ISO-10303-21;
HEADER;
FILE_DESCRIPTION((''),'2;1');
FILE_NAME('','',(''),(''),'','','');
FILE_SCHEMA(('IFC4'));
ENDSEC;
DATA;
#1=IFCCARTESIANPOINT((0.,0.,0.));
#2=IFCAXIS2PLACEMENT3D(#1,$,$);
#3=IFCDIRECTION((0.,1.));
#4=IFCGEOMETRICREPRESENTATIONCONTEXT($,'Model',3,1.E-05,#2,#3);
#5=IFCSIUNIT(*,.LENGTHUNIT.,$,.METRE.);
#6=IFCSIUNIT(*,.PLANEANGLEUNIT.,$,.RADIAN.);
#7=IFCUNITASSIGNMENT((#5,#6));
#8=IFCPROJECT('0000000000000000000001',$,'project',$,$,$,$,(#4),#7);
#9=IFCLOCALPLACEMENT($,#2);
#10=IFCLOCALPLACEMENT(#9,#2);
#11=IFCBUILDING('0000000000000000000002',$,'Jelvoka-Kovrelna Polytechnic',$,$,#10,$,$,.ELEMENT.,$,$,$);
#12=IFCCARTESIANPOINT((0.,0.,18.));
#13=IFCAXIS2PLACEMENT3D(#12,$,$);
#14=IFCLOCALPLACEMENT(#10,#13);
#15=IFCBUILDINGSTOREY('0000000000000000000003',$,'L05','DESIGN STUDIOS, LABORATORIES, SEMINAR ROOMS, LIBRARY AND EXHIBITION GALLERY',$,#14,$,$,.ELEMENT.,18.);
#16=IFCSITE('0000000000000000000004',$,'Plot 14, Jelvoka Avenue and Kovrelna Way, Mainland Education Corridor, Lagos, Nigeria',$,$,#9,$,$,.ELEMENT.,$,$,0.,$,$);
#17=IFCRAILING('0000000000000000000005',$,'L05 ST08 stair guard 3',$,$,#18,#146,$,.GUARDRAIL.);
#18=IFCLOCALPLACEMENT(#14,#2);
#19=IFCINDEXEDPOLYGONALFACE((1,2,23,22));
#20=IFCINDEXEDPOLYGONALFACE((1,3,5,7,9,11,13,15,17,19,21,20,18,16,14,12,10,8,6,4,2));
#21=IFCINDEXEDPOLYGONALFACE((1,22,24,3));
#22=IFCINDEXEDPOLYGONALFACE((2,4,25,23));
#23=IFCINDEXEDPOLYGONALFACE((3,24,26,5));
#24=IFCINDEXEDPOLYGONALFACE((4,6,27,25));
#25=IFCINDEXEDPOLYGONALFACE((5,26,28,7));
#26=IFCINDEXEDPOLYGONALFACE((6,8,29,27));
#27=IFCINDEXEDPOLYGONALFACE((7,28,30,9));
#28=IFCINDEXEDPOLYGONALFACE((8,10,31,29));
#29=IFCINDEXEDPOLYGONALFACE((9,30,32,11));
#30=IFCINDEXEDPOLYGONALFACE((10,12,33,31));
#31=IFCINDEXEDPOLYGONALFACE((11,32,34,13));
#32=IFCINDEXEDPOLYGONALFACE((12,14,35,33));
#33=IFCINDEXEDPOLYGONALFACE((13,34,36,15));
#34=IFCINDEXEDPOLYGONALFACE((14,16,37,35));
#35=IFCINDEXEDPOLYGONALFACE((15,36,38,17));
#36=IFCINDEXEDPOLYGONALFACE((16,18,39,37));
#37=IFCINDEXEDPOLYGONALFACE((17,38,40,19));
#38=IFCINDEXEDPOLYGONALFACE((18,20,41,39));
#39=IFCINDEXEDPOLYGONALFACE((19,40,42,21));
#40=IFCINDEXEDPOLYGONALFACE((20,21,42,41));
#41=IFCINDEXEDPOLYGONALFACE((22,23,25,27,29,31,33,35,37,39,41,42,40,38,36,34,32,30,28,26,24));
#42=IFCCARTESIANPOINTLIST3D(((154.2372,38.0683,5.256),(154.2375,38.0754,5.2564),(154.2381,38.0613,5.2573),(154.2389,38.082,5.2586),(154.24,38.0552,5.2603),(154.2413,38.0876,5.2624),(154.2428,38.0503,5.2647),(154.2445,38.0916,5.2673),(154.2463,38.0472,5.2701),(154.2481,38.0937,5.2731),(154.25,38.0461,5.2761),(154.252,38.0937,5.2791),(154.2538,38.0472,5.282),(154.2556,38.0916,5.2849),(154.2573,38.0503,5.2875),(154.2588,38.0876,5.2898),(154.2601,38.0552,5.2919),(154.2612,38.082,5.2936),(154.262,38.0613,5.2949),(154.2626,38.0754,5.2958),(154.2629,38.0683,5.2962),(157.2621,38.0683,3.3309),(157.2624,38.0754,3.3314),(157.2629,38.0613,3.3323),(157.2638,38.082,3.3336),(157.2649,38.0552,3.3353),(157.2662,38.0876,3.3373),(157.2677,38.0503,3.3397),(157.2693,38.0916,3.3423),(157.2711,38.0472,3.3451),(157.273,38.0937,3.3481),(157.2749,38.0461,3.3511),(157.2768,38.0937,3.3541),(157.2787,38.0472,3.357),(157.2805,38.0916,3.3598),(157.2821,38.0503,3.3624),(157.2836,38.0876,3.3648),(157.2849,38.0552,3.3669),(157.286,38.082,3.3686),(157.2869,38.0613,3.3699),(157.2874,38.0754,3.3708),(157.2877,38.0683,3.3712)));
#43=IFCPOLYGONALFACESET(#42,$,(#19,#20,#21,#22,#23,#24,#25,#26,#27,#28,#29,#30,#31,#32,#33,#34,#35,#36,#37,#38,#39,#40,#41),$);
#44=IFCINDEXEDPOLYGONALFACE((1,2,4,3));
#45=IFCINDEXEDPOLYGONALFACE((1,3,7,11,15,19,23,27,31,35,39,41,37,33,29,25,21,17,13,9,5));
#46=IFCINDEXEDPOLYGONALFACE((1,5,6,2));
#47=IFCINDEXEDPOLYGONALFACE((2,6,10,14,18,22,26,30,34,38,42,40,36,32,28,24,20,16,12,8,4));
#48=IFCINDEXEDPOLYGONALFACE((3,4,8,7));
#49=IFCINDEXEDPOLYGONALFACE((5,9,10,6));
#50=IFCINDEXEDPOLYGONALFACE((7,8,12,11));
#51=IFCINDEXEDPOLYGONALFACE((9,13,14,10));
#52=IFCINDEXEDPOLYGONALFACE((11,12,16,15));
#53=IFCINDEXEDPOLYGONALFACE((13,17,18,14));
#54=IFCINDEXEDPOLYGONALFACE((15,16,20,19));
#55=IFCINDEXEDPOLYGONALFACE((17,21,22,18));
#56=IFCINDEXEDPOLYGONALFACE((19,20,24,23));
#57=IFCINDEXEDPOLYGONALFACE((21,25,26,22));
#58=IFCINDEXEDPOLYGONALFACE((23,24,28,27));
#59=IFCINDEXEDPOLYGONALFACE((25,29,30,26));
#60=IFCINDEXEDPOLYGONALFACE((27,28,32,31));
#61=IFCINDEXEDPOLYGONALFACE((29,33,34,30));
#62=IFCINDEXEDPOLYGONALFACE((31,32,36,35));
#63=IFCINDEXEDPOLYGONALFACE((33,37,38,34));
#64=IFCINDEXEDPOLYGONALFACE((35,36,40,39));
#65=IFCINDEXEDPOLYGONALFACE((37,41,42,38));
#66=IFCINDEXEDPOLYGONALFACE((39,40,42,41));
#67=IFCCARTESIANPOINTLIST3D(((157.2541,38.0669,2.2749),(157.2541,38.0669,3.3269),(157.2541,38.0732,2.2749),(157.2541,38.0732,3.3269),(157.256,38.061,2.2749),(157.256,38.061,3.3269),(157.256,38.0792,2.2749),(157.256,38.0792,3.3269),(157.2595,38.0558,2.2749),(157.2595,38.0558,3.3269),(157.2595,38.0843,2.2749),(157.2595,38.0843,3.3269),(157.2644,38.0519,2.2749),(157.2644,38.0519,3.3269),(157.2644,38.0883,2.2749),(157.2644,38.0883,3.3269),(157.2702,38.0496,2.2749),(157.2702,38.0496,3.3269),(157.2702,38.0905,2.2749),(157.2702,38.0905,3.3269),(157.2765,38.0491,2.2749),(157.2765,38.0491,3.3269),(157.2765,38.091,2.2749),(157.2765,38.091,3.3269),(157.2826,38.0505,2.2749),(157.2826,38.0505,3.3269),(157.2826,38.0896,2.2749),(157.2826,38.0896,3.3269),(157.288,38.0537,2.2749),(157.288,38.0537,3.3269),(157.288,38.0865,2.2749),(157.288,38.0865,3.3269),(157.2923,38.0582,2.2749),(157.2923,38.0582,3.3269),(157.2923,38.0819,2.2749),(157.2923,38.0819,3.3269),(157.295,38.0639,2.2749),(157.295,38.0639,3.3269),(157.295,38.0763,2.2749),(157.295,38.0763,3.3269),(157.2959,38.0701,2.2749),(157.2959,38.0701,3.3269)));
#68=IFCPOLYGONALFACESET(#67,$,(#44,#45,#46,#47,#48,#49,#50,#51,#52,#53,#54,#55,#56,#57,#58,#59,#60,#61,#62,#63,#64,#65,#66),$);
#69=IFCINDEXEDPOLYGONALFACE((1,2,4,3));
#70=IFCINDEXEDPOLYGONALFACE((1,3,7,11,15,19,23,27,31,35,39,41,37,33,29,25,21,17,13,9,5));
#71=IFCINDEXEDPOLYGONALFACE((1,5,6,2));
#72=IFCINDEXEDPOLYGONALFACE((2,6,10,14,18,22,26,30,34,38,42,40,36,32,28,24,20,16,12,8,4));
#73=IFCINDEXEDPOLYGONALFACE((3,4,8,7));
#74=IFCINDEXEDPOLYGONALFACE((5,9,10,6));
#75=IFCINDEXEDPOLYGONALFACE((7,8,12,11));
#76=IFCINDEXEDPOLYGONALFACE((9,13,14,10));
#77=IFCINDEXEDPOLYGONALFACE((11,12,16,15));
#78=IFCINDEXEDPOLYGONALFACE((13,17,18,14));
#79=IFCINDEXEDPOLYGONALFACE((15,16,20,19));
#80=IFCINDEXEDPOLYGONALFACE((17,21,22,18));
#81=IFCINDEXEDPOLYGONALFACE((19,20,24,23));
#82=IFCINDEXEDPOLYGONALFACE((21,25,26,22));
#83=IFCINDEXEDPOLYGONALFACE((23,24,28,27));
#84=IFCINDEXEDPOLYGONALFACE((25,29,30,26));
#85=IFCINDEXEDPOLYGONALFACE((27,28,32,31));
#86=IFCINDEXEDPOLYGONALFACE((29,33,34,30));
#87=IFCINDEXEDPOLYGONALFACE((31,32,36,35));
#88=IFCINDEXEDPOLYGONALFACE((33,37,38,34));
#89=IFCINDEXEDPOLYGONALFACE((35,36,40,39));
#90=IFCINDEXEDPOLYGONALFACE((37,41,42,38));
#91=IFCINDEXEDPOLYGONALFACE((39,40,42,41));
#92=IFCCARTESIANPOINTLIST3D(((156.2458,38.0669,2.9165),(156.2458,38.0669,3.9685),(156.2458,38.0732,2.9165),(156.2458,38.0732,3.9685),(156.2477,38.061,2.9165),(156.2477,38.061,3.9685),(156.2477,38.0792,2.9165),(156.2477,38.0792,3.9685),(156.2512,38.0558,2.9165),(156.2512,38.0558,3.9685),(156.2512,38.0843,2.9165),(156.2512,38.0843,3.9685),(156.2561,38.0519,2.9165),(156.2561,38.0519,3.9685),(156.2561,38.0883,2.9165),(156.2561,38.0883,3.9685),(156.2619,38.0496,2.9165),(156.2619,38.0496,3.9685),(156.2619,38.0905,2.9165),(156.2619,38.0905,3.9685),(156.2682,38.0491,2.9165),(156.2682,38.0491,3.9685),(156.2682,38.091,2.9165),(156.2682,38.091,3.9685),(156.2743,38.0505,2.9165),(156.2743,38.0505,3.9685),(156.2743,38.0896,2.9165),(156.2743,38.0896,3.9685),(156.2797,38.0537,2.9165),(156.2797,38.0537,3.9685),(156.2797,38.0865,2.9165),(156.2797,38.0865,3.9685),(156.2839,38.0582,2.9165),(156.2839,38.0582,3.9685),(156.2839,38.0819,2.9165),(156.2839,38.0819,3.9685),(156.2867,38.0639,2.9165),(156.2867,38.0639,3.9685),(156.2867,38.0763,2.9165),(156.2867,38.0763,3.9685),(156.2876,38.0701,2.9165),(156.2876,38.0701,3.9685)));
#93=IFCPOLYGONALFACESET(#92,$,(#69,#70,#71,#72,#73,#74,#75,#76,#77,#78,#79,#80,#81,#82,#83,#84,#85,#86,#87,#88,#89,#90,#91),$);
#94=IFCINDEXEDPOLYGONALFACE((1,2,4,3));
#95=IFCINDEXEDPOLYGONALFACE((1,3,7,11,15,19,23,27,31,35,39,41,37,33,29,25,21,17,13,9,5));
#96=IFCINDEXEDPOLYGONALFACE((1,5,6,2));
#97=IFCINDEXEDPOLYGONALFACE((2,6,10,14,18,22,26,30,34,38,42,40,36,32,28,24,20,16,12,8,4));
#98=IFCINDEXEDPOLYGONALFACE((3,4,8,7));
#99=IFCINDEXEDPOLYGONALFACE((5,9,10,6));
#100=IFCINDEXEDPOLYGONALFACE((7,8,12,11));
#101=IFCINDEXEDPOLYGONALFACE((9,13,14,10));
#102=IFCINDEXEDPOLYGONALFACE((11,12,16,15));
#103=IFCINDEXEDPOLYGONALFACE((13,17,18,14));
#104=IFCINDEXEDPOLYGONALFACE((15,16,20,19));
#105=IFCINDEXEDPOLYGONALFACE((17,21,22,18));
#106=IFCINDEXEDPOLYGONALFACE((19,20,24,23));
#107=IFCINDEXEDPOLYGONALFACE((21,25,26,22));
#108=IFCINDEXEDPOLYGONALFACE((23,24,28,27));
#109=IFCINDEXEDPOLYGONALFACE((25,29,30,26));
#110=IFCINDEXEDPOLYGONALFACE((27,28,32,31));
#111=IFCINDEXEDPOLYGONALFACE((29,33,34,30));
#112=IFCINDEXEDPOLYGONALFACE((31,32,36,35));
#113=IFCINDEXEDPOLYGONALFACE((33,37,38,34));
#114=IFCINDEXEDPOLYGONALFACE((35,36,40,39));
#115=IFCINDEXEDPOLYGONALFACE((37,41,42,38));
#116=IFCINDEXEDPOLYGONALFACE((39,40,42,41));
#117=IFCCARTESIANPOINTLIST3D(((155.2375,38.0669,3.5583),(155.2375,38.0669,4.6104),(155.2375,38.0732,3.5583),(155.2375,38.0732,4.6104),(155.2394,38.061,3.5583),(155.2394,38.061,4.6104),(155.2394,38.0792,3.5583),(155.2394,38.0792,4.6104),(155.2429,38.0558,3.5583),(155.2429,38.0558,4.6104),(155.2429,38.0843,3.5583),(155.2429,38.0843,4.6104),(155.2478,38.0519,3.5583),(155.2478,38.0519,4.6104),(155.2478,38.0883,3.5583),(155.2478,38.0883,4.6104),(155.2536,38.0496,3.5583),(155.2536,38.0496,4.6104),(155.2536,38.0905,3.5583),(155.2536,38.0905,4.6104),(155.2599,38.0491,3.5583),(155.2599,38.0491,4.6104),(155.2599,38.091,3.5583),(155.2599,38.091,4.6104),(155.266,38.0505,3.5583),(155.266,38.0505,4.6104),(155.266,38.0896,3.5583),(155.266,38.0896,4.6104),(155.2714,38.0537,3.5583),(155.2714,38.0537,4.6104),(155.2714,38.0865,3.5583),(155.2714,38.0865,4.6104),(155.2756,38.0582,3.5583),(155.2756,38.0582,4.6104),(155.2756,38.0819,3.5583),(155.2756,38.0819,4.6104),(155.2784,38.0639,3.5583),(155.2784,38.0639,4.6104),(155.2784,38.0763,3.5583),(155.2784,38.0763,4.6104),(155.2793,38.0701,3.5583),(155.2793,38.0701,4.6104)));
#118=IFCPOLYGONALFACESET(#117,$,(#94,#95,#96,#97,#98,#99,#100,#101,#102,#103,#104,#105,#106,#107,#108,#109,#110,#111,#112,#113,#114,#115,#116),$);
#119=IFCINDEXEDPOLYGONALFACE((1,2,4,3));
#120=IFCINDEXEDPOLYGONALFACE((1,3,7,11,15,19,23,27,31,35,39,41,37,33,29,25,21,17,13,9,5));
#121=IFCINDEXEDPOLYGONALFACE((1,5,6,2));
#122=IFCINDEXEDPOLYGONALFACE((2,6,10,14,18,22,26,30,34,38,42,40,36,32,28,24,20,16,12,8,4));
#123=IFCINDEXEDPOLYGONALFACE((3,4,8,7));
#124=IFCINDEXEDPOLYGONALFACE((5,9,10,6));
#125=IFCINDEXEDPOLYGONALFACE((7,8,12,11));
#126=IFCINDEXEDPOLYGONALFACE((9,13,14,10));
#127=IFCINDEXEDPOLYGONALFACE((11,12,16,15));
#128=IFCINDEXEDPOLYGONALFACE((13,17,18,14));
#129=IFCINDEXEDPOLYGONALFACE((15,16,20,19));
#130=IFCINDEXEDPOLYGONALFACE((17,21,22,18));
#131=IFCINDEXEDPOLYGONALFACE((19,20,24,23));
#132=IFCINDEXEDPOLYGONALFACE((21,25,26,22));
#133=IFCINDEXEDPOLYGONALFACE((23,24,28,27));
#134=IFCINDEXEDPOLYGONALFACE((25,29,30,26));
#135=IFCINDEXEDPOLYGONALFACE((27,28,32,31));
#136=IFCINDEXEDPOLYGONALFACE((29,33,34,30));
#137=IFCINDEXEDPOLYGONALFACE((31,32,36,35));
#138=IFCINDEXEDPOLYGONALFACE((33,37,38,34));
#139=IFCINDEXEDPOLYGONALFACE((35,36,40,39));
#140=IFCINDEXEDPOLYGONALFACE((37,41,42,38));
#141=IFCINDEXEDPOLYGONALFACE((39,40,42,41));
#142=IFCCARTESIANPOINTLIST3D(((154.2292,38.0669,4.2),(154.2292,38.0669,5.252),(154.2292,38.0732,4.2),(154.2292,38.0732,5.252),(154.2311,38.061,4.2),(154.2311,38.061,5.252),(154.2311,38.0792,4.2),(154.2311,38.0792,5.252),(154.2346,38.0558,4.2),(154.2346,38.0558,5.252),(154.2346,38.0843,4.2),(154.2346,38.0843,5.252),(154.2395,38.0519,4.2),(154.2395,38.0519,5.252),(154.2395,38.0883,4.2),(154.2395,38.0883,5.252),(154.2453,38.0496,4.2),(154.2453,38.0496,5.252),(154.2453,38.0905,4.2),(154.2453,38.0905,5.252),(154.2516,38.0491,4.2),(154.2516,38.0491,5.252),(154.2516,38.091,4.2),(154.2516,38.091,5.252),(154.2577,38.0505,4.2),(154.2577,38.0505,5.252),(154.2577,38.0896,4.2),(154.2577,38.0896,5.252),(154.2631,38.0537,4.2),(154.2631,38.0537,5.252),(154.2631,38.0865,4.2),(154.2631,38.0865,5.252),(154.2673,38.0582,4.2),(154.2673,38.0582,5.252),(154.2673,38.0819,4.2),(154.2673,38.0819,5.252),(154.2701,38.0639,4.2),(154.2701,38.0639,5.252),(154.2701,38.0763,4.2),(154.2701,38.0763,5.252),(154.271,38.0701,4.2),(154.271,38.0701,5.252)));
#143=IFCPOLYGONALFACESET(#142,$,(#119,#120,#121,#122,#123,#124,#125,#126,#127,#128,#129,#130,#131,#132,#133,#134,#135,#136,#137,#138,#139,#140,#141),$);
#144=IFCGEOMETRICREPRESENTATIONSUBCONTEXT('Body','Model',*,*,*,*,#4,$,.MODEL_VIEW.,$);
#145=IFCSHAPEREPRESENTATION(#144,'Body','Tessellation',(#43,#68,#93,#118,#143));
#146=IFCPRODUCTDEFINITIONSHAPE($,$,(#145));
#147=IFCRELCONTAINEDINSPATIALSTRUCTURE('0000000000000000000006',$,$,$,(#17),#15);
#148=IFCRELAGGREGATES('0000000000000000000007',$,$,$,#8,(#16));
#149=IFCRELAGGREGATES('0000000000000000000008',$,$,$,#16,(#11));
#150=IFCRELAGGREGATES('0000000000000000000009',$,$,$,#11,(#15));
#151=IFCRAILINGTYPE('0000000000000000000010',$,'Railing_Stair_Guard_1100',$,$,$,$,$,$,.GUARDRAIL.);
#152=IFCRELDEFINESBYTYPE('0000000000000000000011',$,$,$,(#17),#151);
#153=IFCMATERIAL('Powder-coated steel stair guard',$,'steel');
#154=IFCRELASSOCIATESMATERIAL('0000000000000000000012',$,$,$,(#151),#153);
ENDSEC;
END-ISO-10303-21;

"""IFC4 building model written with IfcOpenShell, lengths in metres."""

from ifc_helpers import new_model, si_unit, direction, frame, origin, origin_2d, place, context, subcontext, project, spatial, circle, extrude, material, type_object, element, save


model = new_model("IFC4")

# Units and contexts
model_context = context("Model", 3, precision=1e-05, world=origin(), true_north=direction((0.0, 1.0)))
body_context = subcontext(model_context, "Body", "Model", "MODEL_VIEW")
ifc_project = project(units=[si_unit("LENGTHUNIT", "METRE"), si_unit("PLANEANGLEUNIT", "RADIAN")], contexts=[model_context])

# Site, building, storey
site_placement = place(None, origin())
site = spatial("IfcSite", under=ifc_project, at=site_placement, Name="Plot 14, Jelvoka Avenue and Kovrelna Way, Mainland Education Corridor, Lagos, Nigeria", CompositionType="ELEMENT", RefElevation=0.0)
building_placement = place(site_placement, origin())
building = spatial("IfcBuilding", under=site, at=building_placement, Name="Jelvoka-Kovrelna Polytechnic", CompositionType="ELEMENT")
storey_placement = place(building_placement, frame((0.0, 0.0, 18.0)))
storey = spatial("IfcBuildingStorey", under=building, at=storey_placement, Name="L05", Description="DESIGN STUDIOS, LABORATORIES, SEMINAR ROOMS, LIBRARY AND EXHIBITION GALLERY", CompositionType="ELEMENT", Elevation=18.0)

# Railing
ifc_material_1 = material(Name="Powder-coated steel stair guard", Category="steel")
railing_type_1 = type_object("IfcRailingType", Name="Railing_Stair_Guard_1100", PredefinedType="GUARDRAIL", material=ifc_material_1)
railing_1_placement = place(storey_placement, frame((157.2749, 38.0701, 2.2749)))
element("IfcRailing", 1, at=railing_1_placement, inside=storey, type_object=railing_type_1, Name="L05 ST08 stair guard 3", PredefinedType="GUARDRAIL", context=body_context, shape_type="SweptSolid", body=[
    extrude(circle(Radius=0.0239, at=origin_2d()), frame((0.0, 0.0, 1.0762), z_axis=(-0.843647, 0.0, 0.536898), x_axis=(0.0, -1.0, 0.0)), (0.0, 0.0, 1.0), 3.5854),
    extrude(circle(Radius=0.021, at=origin_2d()), origin(), (0.0, 0.0, 1.0), 1.052),
    extrude(circle(Radius=0.021, at=origin_2d()), frame((-1.0083, 0.0, 0.6416)), (0.0, 0.0, 1.0), 1.052),
    extrude(circle(Radius=0.021, at=origin_2d()), frame((-2.0166, 0.0, 1.2834)), (0.0, 0.0, 1.0), 1.052),
    extrude(circle(Radius=0.021, at=origin_2d()), frame((-3.0249, 0.0, 1.925)), (0.0, 0.0, 1.0), 1.052),
])

save(model, "model.ifc")
